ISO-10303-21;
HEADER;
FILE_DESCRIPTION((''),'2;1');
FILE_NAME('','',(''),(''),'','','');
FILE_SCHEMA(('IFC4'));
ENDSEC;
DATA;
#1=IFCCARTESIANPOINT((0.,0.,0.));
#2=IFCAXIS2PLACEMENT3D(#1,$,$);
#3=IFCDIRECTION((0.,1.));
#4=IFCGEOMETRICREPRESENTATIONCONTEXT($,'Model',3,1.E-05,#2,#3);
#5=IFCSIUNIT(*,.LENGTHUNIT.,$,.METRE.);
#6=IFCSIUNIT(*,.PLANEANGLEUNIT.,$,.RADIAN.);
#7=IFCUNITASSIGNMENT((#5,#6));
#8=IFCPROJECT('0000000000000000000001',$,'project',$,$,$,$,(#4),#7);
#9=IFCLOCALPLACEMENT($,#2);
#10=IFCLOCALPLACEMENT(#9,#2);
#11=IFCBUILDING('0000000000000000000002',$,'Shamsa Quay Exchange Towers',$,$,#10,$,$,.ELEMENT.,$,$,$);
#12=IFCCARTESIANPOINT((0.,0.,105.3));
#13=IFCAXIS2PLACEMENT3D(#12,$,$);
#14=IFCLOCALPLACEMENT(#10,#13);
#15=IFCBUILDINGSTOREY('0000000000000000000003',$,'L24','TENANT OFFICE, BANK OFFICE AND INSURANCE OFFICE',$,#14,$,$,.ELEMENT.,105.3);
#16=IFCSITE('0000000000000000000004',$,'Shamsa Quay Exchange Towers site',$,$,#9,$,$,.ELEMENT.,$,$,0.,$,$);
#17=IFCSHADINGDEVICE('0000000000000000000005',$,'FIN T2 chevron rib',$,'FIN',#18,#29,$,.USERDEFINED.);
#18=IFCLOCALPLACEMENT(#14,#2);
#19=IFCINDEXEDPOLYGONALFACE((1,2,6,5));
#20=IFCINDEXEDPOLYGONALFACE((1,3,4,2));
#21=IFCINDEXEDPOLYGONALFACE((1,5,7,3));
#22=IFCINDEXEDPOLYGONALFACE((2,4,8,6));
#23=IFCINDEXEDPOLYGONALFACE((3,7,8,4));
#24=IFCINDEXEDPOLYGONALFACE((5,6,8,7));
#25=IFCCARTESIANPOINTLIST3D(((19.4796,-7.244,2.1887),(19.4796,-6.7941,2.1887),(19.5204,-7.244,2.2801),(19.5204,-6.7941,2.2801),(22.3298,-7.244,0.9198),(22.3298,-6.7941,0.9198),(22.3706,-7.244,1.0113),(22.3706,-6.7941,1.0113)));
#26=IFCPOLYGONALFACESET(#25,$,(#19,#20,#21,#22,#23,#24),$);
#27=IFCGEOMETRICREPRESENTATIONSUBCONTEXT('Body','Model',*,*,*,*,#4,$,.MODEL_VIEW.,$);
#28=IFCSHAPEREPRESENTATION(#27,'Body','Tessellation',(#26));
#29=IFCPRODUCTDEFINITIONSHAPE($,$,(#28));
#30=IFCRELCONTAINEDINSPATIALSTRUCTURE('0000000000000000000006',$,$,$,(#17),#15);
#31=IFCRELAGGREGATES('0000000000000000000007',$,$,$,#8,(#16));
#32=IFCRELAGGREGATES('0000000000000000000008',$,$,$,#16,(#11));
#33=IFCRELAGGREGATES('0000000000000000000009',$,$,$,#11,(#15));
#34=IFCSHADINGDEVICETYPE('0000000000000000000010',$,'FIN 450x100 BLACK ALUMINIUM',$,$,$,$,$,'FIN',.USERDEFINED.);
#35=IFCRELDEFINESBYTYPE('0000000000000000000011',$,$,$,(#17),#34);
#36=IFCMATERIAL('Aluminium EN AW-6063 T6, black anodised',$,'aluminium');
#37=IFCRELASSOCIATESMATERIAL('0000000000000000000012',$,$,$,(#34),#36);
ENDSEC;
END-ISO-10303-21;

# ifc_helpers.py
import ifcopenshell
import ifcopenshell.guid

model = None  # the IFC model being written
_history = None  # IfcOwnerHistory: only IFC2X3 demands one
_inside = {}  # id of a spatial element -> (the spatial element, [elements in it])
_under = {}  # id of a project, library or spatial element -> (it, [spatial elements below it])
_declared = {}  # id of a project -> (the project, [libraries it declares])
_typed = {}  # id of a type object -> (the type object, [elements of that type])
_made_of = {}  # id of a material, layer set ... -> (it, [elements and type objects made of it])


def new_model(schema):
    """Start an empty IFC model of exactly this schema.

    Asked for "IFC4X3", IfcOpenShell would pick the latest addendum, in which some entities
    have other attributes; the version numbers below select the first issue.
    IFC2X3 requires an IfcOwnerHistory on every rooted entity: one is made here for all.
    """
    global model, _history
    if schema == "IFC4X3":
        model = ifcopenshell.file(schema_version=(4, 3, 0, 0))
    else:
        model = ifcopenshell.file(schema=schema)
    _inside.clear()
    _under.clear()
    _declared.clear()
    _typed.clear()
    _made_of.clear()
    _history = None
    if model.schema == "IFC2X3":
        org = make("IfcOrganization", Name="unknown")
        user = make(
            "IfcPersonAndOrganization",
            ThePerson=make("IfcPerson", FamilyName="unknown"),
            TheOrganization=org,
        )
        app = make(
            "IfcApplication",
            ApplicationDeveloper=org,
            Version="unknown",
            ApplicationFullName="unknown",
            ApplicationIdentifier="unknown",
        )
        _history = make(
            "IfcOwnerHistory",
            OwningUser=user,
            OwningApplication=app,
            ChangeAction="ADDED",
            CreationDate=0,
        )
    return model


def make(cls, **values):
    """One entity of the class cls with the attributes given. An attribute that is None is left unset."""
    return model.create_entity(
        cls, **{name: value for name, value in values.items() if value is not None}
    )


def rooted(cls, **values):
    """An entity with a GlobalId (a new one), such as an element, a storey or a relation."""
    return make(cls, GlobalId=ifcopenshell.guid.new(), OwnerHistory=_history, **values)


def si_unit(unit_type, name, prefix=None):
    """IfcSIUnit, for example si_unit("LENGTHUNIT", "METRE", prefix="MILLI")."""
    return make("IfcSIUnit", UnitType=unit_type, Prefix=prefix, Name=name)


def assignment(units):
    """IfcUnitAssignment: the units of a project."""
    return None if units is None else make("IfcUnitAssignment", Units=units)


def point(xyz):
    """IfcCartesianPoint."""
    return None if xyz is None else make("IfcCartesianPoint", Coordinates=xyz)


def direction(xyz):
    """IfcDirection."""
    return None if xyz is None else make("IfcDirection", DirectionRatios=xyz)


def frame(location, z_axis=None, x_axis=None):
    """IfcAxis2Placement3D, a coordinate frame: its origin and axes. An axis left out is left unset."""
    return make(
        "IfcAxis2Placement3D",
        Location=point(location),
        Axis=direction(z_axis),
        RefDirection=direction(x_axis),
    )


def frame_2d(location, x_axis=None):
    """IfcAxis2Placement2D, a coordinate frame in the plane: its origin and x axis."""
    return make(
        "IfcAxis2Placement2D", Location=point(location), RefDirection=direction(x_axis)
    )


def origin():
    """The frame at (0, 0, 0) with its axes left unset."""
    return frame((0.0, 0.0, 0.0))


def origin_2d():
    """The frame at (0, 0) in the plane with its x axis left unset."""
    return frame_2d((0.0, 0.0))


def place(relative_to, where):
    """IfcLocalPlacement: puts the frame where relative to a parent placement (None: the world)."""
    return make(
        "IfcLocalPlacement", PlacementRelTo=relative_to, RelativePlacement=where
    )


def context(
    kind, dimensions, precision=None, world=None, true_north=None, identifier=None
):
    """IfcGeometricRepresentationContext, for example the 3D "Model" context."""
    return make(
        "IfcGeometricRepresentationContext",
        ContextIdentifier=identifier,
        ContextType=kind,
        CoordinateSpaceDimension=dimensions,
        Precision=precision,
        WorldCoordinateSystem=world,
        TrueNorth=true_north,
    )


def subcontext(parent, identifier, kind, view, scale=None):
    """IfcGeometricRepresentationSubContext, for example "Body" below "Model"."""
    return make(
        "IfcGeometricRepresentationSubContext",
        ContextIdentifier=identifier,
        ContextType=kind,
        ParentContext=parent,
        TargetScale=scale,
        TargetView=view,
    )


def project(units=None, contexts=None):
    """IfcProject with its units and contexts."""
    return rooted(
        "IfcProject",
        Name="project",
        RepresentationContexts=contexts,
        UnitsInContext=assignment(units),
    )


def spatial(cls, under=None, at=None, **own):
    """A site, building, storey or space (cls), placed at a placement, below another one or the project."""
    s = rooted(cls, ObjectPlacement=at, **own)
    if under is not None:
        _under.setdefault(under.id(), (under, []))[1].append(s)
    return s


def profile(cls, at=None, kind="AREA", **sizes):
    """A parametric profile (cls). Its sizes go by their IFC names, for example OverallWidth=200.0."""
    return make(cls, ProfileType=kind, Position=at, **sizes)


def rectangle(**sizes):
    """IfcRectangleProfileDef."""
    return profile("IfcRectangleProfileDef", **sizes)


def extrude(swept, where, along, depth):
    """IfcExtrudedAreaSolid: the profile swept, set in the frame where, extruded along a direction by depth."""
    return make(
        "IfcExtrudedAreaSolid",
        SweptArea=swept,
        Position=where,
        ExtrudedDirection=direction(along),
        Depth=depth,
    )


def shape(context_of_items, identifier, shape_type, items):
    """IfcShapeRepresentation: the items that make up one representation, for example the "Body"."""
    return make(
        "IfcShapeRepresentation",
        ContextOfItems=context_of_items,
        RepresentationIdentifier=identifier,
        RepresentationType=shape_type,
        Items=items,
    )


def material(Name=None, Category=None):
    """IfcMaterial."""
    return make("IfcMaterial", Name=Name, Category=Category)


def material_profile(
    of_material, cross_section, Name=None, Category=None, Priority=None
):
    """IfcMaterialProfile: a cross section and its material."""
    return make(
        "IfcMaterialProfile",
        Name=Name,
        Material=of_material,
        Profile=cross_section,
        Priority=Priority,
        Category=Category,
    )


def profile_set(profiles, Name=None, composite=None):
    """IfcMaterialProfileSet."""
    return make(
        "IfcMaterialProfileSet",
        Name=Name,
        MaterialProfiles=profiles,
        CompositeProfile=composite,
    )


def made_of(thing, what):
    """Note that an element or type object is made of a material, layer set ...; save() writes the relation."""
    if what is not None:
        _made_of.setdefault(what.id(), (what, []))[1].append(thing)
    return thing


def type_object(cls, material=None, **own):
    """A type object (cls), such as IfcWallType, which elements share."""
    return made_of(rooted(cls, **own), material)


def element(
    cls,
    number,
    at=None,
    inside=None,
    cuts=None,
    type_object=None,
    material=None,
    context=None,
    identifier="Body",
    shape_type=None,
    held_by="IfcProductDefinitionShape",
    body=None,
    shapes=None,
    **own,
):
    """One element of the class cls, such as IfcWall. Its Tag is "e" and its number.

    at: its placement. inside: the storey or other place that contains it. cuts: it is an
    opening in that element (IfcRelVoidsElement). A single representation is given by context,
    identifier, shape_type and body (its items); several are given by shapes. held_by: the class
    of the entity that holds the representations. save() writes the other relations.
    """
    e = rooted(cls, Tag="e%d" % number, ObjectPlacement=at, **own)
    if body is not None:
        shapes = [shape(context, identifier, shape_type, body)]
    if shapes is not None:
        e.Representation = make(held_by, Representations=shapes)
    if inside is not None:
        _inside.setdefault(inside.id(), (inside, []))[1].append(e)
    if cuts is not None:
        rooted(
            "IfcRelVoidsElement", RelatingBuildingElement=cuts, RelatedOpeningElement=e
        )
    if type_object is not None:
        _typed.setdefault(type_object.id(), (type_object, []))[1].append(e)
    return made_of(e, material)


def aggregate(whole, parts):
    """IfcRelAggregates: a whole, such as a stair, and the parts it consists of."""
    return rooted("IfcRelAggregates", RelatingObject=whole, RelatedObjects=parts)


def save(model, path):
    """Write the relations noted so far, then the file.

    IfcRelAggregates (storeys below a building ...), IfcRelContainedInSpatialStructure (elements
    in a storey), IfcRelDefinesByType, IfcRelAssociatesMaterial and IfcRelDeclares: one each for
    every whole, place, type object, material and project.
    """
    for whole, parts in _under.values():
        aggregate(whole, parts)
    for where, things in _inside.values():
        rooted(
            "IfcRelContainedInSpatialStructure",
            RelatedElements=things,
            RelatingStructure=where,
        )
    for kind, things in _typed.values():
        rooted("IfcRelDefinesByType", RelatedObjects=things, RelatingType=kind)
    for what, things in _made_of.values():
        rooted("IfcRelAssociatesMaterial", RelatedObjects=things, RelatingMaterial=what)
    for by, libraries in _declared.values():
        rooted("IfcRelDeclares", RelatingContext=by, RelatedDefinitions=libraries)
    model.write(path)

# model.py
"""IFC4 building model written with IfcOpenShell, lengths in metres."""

from ifc_helpers import new_model, si_unit, direction, frame, origin, origin_2d, place, context, subcontext, project, spatial, rectangle, extrude, material, material_profile, profile_set, type_object, element, save


model = new_model("IFC4")

# Units and contexts
model_context = context("Model", 3, precision=1e-05, world=origin(), true_north=direction((0.0, 1.0)))
body_context = subcontext(model_context, "Body", "Model", "MODEL_VIEW")
ifc_project = project(units=[si_unit("LENGTHUNIT", "METRE"), si_unit("PLANEANGLEUNIT", "RADIAN")], contexts=[model_context])

# Site, building, storey
site_placement = place(None, origin())
site = spatial("IfcSite", under=ifc_project, at=site_placement, Name="Shamsa Quay Exchange Towers site", CompositionType="ELEMENT", RefElevation=0.0)
building_placement = place(site_placement, origin())
building = spatial("IfcBuilding", under=site, at=building_placement, Name="Shamsa Quay Exchange Towers", CompositionType="ELEMENT")
storey_placement = place(building_placement, frame((0.0, 0.0, 105.3)))
storey = spatial("IfcBuildingStorey", under=building, at=storey_placement, Name="L24", Description="TENANT OFFICE, BANK OFFICE AND INSURANCE OFFICE", CompositionType="ELEMENT", Elevation=105.3)

# Shared definitions
ifc_material_1 = material(Name="Aluminium EN AW-6063 T6, black anodised", Category="aluminium")

# Shading device
ifc_material_profile_1 = material_profile(ifc_material_1, rectangle(XDim=0.45, YDim=0.1001, at=origin_2d()), Name="FIN450x100")
ifc_profile_set_1 = profile_set([ifc_material_profile_1], Name="Aluminium EN AW-6063 T6, black anodised")
shading_device_type = type_object("IfcShadingDeviceType", Name="FIN 450x100 BLACK ALUMINIUM", ElementType="FIN", PredefinedType="USERDEFINED", material=ifc_profile_set_1)
shading_device_1_placement = place(storey_placement, frame((19.5, -7.019, 2.2344), z_axis=(0.913563, 0.0, -0.406697), x_axis=(0.0, 1.0, 0.0)))
element("IfcShadingDevice", 1, at=shading_device_1_placement, inside=storey, type_object=shading_device_type, Name="FIN T2 chevron rib", ObjectType="FIN", PredefinedType="USERDEFINED", context=body_context, shape_type="SweptSolid", body=[
    extrude(rectangle(XDim=0.45, YDim=0.1001, at=origin_2d()), origin(), (0.0, 0.0, 1.0), 3.1199),
])

save(model, "model.ifc")
